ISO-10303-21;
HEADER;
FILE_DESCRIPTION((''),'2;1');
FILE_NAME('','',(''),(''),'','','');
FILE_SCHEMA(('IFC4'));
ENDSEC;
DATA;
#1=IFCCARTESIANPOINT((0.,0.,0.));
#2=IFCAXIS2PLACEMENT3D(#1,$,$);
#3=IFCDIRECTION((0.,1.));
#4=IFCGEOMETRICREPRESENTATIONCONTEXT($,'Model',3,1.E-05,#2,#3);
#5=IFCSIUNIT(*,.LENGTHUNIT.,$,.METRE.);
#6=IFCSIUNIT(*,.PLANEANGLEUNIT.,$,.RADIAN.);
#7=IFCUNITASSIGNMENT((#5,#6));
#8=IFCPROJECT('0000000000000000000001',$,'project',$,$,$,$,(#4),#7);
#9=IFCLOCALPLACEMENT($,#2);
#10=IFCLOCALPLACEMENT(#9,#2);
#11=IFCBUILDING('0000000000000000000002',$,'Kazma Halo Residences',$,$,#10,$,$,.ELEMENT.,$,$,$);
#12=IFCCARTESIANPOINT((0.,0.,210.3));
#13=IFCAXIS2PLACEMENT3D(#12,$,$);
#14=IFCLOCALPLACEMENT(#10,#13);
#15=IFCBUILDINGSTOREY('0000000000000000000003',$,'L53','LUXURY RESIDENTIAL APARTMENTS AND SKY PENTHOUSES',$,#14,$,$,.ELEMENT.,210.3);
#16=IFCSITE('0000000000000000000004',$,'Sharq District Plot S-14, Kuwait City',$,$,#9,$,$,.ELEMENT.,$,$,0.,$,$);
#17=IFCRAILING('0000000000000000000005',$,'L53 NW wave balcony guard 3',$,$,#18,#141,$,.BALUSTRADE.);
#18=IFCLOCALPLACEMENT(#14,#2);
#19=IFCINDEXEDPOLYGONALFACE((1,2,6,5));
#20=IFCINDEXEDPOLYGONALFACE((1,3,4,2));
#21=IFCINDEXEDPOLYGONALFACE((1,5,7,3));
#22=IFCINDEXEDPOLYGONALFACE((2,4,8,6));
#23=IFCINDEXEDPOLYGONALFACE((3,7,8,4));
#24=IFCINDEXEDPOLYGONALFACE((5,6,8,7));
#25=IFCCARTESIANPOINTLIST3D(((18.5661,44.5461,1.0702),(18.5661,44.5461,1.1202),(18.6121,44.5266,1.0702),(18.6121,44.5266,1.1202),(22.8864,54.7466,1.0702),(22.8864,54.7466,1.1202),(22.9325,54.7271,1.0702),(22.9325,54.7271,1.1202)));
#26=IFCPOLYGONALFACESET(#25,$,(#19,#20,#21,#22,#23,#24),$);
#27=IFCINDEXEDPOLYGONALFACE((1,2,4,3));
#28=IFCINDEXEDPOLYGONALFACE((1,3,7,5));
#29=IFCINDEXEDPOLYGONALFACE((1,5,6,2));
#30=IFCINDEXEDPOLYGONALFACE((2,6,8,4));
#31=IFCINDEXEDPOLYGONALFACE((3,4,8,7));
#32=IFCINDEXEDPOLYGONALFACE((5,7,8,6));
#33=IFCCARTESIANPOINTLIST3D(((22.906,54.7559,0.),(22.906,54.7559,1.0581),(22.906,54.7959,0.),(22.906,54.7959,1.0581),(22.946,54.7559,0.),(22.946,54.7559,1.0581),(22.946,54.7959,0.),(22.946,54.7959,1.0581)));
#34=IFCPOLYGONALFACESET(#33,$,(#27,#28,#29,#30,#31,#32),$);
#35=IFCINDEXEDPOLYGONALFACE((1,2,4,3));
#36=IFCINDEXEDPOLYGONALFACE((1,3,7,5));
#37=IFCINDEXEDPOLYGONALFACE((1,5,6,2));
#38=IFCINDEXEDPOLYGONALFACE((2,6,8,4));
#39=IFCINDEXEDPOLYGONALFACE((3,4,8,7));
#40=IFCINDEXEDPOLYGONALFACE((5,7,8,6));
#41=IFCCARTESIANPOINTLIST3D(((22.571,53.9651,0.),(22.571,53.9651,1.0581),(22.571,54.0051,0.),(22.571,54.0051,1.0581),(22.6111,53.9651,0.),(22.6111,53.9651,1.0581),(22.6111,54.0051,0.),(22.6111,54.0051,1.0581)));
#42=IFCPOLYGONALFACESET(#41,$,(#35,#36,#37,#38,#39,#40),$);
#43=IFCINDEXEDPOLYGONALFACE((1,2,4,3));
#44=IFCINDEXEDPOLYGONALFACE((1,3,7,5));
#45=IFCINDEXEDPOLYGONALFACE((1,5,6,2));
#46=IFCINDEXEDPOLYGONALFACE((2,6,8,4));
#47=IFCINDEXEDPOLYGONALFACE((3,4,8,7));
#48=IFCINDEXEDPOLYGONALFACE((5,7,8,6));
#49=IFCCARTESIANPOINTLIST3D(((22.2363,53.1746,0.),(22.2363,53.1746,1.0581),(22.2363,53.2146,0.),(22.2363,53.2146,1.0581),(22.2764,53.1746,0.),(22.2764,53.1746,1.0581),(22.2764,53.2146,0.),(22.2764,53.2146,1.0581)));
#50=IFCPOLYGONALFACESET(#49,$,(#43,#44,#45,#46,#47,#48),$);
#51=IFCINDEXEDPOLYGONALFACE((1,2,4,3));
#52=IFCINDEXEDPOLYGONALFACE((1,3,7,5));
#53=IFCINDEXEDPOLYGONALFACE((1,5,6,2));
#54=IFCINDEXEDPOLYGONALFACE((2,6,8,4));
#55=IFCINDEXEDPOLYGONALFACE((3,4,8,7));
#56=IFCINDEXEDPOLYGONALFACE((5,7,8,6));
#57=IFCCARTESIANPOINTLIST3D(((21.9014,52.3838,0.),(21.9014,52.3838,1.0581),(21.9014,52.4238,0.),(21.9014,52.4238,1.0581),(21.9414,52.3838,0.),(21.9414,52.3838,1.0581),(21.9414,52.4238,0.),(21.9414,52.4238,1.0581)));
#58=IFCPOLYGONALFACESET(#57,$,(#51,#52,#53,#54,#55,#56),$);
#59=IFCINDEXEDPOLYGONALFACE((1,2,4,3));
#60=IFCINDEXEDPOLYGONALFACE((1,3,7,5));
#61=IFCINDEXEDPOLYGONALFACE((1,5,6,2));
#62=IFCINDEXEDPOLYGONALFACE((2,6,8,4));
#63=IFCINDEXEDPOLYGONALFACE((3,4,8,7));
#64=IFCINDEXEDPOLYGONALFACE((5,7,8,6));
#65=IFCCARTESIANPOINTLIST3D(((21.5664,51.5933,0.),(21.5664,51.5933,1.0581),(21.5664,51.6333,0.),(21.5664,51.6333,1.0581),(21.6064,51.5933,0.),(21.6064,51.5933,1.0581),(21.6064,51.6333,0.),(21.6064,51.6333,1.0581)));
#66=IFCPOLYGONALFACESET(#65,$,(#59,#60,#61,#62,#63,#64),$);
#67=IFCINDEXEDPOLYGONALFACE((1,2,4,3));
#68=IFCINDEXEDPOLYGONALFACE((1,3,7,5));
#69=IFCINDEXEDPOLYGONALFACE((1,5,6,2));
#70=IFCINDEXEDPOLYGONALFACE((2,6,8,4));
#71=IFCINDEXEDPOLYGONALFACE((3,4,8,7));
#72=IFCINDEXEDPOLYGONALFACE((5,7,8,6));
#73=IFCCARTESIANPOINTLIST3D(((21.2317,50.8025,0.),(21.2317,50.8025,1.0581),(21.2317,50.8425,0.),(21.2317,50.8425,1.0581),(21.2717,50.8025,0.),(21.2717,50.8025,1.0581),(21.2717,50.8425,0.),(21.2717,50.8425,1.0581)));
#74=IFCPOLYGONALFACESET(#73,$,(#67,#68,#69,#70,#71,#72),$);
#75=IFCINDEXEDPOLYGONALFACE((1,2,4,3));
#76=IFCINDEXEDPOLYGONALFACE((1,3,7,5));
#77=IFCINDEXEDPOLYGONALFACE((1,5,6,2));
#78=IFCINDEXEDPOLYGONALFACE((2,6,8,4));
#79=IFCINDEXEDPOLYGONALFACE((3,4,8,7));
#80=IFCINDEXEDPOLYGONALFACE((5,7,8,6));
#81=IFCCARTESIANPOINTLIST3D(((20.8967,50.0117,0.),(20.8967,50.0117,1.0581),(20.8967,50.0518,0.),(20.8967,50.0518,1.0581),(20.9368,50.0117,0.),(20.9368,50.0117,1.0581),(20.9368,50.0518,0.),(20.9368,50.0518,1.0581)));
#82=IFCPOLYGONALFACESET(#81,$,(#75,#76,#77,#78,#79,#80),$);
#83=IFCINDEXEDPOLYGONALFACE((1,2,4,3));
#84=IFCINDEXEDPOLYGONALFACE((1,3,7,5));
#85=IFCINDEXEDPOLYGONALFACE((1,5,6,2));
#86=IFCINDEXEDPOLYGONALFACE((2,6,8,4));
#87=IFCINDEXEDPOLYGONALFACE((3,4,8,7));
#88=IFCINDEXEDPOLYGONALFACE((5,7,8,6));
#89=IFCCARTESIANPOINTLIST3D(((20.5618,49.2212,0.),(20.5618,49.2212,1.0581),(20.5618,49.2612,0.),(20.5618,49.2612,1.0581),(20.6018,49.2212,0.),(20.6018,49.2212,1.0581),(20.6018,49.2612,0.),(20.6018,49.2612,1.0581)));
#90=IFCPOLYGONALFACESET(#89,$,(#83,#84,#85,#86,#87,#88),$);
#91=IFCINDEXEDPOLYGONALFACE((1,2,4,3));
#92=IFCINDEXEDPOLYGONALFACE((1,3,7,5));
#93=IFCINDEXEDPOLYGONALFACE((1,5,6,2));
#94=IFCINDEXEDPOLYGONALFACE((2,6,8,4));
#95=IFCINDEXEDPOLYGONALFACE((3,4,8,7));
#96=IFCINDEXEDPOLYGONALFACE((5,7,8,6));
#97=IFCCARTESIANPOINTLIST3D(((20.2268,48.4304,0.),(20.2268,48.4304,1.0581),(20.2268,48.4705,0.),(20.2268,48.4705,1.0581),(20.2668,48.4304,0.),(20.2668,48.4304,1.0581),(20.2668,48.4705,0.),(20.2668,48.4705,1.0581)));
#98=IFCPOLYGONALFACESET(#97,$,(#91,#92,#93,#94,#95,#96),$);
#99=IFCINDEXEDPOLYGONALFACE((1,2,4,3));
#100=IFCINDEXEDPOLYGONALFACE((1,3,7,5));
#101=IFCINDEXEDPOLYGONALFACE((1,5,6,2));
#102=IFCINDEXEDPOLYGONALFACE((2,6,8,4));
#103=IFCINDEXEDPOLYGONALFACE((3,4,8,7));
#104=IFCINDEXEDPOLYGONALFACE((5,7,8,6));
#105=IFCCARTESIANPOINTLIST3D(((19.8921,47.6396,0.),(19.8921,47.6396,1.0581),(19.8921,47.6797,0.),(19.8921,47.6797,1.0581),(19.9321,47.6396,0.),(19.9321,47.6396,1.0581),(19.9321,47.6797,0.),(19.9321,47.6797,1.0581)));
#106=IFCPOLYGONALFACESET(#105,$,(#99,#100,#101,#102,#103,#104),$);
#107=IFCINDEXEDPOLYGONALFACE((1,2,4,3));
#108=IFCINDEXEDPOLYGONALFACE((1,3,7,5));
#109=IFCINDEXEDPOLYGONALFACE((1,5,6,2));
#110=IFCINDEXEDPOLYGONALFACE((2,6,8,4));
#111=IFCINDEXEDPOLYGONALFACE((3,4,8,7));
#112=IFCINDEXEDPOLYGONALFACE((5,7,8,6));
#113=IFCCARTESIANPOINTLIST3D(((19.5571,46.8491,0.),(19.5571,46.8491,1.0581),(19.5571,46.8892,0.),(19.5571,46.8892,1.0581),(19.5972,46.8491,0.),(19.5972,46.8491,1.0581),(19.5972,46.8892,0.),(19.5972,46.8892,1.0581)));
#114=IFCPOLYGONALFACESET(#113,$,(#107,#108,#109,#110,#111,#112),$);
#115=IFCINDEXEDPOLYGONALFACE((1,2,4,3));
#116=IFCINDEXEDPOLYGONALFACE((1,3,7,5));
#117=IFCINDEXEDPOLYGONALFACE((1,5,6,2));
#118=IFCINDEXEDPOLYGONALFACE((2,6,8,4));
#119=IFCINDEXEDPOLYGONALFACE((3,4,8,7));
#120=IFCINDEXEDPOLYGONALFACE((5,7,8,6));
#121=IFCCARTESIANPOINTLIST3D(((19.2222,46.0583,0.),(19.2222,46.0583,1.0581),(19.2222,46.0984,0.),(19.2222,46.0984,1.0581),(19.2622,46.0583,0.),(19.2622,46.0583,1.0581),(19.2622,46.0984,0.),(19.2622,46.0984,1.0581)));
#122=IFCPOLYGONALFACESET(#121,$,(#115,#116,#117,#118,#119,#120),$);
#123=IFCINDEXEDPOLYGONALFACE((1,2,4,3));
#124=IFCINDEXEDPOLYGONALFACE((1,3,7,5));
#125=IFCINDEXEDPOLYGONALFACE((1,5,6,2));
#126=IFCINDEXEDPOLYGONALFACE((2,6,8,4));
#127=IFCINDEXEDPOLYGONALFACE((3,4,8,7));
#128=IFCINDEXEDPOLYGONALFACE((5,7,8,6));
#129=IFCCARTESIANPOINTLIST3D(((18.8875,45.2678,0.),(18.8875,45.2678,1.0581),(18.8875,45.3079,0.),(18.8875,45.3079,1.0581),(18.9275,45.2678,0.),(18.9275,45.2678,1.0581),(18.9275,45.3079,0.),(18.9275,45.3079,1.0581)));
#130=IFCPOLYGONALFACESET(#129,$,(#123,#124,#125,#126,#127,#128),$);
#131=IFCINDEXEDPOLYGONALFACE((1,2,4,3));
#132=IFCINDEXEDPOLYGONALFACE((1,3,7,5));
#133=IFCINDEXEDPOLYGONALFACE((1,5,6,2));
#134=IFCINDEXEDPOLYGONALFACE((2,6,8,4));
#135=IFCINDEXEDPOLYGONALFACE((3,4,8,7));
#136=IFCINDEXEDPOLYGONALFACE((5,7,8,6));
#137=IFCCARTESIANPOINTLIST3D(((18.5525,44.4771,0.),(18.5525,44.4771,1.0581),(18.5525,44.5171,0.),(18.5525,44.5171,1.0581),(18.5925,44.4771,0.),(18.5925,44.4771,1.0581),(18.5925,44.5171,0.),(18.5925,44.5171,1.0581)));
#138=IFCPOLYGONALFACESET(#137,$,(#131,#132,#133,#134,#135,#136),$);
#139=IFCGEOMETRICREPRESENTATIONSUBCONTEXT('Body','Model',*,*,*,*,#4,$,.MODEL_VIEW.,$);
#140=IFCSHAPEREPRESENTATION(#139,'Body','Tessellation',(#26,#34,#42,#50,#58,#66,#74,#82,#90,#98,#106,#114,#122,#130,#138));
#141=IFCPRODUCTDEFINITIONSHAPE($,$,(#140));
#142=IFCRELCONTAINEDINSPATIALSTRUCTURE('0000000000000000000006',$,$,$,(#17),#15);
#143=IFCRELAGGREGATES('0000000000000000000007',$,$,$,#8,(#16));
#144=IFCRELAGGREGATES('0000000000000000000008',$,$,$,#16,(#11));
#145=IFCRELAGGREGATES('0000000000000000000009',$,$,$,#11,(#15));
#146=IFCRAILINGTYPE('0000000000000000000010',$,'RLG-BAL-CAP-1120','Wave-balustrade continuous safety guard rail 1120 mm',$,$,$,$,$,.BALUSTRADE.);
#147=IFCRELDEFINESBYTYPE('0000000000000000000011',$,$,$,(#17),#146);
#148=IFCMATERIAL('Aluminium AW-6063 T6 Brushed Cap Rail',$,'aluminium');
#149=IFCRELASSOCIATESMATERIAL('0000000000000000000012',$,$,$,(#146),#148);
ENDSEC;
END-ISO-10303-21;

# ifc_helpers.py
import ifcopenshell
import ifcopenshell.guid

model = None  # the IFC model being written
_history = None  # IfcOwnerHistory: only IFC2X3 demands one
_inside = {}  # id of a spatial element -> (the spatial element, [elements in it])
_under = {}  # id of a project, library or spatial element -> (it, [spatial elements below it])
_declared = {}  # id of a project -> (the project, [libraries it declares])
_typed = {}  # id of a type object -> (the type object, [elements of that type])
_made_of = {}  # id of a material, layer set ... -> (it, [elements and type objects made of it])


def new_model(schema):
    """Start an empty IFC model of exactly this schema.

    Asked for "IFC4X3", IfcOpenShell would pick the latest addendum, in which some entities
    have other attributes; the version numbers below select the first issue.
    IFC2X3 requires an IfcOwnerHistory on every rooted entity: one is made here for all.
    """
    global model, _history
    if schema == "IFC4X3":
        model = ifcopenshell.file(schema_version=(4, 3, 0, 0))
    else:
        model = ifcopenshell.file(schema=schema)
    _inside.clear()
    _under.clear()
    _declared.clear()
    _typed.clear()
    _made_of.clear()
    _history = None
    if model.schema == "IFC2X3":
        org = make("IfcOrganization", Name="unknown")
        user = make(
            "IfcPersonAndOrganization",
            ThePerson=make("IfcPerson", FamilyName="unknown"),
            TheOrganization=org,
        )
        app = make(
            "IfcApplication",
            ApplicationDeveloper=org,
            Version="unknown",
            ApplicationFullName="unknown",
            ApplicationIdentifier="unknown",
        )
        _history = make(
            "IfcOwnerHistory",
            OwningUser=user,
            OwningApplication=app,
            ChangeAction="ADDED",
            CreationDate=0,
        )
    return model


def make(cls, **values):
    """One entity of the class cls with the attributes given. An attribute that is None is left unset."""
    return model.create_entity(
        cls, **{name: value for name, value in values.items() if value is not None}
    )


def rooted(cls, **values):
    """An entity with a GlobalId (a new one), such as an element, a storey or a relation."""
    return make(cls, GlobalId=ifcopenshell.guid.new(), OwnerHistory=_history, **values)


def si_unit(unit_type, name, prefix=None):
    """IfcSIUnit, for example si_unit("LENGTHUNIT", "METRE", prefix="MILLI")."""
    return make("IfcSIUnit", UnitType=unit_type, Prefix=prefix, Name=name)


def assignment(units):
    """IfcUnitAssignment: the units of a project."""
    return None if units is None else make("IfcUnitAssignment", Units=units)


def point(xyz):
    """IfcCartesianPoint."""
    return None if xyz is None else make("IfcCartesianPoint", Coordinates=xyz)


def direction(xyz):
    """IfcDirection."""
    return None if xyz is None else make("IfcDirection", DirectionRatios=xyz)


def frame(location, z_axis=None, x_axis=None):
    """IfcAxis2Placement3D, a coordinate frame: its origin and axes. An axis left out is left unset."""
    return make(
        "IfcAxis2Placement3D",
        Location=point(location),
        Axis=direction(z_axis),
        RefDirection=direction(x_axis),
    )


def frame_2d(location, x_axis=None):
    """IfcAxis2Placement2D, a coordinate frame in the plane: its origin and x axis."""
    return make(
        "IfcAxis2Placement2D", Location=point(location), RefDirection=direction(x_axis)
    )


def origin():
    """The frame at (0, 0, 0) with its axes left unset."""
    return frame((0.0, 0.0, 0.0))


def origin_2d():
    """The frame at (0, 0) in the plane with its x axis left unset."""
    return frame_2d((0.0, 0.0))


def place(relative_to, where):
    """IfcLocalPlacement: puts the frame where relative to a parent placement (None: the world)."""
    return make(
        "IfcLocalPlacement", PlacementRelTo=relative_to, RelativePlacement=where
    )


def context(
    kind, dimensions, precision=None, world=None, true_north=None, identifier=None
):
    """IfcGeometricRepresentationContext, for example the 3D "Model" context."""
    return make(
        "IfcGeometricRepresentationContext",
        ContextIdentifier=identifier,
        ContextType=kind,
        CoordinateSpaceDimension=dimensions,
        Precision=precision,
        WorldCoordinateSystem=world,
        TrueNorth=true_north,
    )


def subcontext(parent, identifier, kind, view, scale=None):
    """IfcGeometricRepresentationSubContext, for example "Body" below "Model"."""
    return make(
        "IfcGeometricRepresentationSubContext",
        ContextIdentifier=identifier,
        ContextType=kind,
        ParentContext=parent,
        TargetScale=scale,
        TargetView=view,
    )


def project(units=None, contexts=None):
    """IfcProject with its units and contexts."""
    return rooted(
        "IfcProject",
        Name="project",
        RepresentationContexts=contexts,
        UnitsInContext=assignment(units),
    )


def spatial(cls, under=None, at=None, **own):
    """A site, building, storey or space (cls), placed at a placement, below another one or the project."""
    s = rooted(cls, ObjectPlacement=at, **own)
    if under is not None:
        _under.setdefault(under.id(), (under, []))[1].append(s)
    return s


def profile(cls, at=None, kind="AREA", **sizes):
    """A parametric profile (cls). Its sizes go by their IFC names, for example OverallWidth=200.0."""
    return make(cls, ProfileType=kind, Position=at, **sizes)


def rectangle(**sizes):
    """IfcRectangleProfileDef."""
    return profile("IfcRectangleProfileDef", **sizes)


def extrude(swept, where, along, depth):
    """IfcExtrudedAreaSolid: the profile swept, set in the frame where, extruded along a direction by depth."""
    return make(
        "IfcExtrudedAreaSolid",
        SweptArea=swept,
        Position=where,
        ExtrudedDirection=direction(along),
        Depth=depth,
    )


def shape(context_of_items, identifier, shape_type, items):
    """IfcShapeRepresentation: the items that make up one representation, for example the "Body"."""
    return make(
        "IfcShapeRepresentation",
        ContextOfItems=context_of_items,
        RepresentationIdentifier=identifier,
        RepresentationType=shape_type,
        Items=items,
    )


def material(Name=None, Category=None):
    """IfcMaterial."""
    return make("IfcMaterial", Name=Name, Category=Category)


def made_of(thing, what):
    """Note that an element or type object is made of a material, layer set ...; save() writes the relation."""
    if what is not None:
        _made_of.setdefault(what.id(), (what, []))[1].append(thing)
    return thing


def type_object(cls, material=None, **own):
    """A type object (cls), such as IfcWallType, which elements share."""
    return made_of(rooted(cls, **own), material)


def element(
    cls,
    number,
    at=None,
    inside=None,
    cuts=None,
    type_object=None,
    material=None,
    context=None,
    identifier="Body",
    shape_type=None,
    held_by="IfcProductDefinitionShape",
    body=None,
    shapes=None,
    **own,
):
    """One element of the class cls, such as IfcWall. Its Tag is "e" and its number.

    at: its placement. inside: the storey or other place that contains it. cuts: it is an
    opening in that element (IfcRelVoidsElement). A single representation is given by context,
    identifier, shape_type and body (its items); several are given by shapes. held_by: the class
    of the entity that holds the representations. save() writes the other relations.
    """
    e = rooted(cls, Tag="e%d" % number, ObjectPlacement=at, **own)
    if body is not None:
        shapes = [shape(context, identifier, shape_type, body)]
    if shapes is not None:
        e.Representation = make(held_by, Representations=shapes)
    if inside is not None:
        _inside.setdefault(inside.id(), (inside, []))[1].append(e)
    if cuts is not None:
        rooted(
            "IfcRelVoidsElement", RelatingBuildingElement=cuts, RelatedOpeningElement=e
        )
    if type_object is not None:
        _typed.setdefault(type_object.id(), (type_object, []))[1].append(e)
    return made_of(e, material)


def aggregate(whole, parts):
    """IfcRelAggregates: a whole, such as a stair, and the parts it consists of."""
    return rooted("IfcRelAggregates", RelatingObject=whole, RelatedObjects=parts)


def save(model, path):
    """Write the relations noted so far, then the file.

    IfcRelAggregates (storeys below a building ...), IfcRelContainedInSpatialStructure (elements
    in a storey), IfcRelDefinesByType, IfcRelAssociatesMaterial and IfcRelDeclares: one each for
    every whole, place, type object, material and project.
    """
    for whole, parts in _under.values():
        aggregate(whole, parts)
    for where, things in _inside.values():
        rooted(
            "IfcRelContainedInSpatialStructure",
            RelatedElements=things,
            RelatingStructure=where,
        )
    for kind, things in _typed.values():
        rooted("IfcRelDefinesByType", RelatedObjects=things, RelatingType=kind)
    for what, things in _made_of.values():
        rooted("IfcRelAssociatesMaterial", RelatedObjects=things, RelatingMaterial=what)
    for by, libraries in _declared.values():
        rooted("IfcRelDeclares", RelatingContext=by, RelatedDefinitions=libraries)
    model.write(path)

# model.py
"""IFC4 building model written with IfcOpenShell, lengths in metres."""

from ifc_helpers import new_model, si_unit, direction, frame, origin, origin_2d, place, context, subcontext, project, spatial, rectangle, extrude, material, type_object, element, save


model = new_model("IFC4")

# Units and contexts
model_context = context("Model", 3, precision=1e-05, world=origin(), true_north=direction((0.0, 1.0)))
body_context = subcontext(model_context, "Body", "Model", "MODEL_VIEW")
ifc_project = project(units=[si_unit("LENGTHUNIT", "METRE"), si_unit("PLANEANGLEUNIT", "RADIAN")], contexts=[model_context])

# Site, building, storey
site_placement = place(None, origin())
site = spatial("IfcSite", under=ifc_project, at=site_placement, Name="Sharq District Plot S-14, Kuwait City", CompositionType="ELEMENT", RefElevation=0.0)
building_placement = place(site_placement, origin())
building = spatial("IfcBuilding", under=site, at=building_placement, Name="Kazma Halo Residences", CompositionType="ELEMENT")
storey_placement = place(building_placement, frame((0.0, 0.0, 210.3)))
storey = spatial("IfcBuildingStorey", under=building, at=storey_placement, Name="L53", Description="LUXURY RESIDENTIAL APARTMENTS AND SKY PENTHOUSES", CompositionType="ELEMENT", Elevation=210.3)

# Railing
ifc_material_1 = material(Name="Aluminium AW-6063 T6 Brushed Cap Rail", Category="aluminium")
railing_type = type_object("IfcRailingType", Name="RLG-BAL-CAP-1120", Description="Wave-balustrade continuous safety guard rail 1120 mm", PredefinedType="BALUSTRADE", material=ifc_material_1)
railing_1_placement = place(storey_placement, frame((22.926, 54.7759, 0.0)))
element("IfcRailing", 1, at=railing_1_placement, inside=storey, type_object=railing_type, Name="L53 NW wave balcony guard 3", PredefinedType="BALUSTRADE", context=body_context, shape_type="SweptSolid", body=[
    extrude(rectangle(XDim=0.05, YDim=0.05, at=origin_2d()), frame((-0.0166, -0.0391, 1.0952), z_axis=(-0.390004, -0.920813, 0.0), x_axis=(0.920813, -0.390004, 0.0)), (0.0, 0.0, 1.0), 11.0776),
    extrude(rectangle(XDim=0.04, YDim=0.04, at=origin_2d()), origin(), (0.0, 0.0, 1.0), 1.0581),
    extrude(rectangle(XDim=0.04, YDim=0.04, at=origin_2d()), frame((-0.335, -0.7908, 0.0)), (0.0, 0.0, 1.0), 1.0581),
    extrude(rectangle(XDim=0.04, YDim=0.04, at=origin_2d()), frame((-0.6697, -1.5813, 0.0)), (0.0, 0.0, 1.0), 1.0581),
    extrude(rectangle(XDim=0.04, YDim=0.04, at=origin_2d()), frame((-1.0046, -2.3721, 0.0)), (0.0, 0.0, 1.0), 1.0581),
    extrude(rectangle(XDim=0.04, YDim=0.04, at=origin_2d()), frame((-1.3396, -3.1626, 0.0)), (0.0, 0.0, 1.0), 1.0581),
    extrude(rectangle(XDim=0.04, YDim=0.04, at=origin_2d()), frame((-1.6743, -3.9534, 0.0)), (0.0, 0.0, 1.0), 1.0581),
    extrude(rectangle(XDim=0.04, YDim=0.04, at=origin_2d()), frame((-2.0093, -4.7441, 0.0)), (0.0, 0.0, 1.0), 1.0581),
    extrude(rectangle(XDim=0.04, YDim=0.04, at=origin_2d()), frame((-2.3442, -5.5347, 0.0)), (0.0, 0.0, 1.0), 1.0581),
    extrude(rectangle(XDim=0.04, YDim=0.04, at=origin_2d()), frame((-2.6792, -6.3254, 0.0)), (0.0, 0.0, 1.0), 1.0581),
    extrude(rectangle(XDim=0.04, YDim=0.04, at=origin_2d()), frame((-3.0139, -7.1162, 0.0)), (0.0, 0.0, 1.0), 1.0581),
    extrude(rectangle(XDim=0.04, YDim=0.04, at=origin_2d()), frame((-3.3489, -7.9067, 0.0)), (0.0, 0.0, 1.0), 1.0581),
    extrude(rectangle(XDim=0.04, YDim=0.04, at=origin_2d()), frame((-3.6838, -8.6975, 0.0)), (0.0, 0.0, 1.0), 1.0581),
    extrude(rectangle(XDim=0.04, YDim=0.04, at=origin_2d()), frame((-4.0186, -9.488, 0.0)), (0.0, 0.0, 1.0), 1.0581),
    extrude(rectangle(XDim=0.04, YDim=0.04, at=origin_2d()), frame((-4.3535, -10.2788, 0.0)), (0.0, 0.0, 1.0), 1.0581),
])

save(model, "model.ifc")
